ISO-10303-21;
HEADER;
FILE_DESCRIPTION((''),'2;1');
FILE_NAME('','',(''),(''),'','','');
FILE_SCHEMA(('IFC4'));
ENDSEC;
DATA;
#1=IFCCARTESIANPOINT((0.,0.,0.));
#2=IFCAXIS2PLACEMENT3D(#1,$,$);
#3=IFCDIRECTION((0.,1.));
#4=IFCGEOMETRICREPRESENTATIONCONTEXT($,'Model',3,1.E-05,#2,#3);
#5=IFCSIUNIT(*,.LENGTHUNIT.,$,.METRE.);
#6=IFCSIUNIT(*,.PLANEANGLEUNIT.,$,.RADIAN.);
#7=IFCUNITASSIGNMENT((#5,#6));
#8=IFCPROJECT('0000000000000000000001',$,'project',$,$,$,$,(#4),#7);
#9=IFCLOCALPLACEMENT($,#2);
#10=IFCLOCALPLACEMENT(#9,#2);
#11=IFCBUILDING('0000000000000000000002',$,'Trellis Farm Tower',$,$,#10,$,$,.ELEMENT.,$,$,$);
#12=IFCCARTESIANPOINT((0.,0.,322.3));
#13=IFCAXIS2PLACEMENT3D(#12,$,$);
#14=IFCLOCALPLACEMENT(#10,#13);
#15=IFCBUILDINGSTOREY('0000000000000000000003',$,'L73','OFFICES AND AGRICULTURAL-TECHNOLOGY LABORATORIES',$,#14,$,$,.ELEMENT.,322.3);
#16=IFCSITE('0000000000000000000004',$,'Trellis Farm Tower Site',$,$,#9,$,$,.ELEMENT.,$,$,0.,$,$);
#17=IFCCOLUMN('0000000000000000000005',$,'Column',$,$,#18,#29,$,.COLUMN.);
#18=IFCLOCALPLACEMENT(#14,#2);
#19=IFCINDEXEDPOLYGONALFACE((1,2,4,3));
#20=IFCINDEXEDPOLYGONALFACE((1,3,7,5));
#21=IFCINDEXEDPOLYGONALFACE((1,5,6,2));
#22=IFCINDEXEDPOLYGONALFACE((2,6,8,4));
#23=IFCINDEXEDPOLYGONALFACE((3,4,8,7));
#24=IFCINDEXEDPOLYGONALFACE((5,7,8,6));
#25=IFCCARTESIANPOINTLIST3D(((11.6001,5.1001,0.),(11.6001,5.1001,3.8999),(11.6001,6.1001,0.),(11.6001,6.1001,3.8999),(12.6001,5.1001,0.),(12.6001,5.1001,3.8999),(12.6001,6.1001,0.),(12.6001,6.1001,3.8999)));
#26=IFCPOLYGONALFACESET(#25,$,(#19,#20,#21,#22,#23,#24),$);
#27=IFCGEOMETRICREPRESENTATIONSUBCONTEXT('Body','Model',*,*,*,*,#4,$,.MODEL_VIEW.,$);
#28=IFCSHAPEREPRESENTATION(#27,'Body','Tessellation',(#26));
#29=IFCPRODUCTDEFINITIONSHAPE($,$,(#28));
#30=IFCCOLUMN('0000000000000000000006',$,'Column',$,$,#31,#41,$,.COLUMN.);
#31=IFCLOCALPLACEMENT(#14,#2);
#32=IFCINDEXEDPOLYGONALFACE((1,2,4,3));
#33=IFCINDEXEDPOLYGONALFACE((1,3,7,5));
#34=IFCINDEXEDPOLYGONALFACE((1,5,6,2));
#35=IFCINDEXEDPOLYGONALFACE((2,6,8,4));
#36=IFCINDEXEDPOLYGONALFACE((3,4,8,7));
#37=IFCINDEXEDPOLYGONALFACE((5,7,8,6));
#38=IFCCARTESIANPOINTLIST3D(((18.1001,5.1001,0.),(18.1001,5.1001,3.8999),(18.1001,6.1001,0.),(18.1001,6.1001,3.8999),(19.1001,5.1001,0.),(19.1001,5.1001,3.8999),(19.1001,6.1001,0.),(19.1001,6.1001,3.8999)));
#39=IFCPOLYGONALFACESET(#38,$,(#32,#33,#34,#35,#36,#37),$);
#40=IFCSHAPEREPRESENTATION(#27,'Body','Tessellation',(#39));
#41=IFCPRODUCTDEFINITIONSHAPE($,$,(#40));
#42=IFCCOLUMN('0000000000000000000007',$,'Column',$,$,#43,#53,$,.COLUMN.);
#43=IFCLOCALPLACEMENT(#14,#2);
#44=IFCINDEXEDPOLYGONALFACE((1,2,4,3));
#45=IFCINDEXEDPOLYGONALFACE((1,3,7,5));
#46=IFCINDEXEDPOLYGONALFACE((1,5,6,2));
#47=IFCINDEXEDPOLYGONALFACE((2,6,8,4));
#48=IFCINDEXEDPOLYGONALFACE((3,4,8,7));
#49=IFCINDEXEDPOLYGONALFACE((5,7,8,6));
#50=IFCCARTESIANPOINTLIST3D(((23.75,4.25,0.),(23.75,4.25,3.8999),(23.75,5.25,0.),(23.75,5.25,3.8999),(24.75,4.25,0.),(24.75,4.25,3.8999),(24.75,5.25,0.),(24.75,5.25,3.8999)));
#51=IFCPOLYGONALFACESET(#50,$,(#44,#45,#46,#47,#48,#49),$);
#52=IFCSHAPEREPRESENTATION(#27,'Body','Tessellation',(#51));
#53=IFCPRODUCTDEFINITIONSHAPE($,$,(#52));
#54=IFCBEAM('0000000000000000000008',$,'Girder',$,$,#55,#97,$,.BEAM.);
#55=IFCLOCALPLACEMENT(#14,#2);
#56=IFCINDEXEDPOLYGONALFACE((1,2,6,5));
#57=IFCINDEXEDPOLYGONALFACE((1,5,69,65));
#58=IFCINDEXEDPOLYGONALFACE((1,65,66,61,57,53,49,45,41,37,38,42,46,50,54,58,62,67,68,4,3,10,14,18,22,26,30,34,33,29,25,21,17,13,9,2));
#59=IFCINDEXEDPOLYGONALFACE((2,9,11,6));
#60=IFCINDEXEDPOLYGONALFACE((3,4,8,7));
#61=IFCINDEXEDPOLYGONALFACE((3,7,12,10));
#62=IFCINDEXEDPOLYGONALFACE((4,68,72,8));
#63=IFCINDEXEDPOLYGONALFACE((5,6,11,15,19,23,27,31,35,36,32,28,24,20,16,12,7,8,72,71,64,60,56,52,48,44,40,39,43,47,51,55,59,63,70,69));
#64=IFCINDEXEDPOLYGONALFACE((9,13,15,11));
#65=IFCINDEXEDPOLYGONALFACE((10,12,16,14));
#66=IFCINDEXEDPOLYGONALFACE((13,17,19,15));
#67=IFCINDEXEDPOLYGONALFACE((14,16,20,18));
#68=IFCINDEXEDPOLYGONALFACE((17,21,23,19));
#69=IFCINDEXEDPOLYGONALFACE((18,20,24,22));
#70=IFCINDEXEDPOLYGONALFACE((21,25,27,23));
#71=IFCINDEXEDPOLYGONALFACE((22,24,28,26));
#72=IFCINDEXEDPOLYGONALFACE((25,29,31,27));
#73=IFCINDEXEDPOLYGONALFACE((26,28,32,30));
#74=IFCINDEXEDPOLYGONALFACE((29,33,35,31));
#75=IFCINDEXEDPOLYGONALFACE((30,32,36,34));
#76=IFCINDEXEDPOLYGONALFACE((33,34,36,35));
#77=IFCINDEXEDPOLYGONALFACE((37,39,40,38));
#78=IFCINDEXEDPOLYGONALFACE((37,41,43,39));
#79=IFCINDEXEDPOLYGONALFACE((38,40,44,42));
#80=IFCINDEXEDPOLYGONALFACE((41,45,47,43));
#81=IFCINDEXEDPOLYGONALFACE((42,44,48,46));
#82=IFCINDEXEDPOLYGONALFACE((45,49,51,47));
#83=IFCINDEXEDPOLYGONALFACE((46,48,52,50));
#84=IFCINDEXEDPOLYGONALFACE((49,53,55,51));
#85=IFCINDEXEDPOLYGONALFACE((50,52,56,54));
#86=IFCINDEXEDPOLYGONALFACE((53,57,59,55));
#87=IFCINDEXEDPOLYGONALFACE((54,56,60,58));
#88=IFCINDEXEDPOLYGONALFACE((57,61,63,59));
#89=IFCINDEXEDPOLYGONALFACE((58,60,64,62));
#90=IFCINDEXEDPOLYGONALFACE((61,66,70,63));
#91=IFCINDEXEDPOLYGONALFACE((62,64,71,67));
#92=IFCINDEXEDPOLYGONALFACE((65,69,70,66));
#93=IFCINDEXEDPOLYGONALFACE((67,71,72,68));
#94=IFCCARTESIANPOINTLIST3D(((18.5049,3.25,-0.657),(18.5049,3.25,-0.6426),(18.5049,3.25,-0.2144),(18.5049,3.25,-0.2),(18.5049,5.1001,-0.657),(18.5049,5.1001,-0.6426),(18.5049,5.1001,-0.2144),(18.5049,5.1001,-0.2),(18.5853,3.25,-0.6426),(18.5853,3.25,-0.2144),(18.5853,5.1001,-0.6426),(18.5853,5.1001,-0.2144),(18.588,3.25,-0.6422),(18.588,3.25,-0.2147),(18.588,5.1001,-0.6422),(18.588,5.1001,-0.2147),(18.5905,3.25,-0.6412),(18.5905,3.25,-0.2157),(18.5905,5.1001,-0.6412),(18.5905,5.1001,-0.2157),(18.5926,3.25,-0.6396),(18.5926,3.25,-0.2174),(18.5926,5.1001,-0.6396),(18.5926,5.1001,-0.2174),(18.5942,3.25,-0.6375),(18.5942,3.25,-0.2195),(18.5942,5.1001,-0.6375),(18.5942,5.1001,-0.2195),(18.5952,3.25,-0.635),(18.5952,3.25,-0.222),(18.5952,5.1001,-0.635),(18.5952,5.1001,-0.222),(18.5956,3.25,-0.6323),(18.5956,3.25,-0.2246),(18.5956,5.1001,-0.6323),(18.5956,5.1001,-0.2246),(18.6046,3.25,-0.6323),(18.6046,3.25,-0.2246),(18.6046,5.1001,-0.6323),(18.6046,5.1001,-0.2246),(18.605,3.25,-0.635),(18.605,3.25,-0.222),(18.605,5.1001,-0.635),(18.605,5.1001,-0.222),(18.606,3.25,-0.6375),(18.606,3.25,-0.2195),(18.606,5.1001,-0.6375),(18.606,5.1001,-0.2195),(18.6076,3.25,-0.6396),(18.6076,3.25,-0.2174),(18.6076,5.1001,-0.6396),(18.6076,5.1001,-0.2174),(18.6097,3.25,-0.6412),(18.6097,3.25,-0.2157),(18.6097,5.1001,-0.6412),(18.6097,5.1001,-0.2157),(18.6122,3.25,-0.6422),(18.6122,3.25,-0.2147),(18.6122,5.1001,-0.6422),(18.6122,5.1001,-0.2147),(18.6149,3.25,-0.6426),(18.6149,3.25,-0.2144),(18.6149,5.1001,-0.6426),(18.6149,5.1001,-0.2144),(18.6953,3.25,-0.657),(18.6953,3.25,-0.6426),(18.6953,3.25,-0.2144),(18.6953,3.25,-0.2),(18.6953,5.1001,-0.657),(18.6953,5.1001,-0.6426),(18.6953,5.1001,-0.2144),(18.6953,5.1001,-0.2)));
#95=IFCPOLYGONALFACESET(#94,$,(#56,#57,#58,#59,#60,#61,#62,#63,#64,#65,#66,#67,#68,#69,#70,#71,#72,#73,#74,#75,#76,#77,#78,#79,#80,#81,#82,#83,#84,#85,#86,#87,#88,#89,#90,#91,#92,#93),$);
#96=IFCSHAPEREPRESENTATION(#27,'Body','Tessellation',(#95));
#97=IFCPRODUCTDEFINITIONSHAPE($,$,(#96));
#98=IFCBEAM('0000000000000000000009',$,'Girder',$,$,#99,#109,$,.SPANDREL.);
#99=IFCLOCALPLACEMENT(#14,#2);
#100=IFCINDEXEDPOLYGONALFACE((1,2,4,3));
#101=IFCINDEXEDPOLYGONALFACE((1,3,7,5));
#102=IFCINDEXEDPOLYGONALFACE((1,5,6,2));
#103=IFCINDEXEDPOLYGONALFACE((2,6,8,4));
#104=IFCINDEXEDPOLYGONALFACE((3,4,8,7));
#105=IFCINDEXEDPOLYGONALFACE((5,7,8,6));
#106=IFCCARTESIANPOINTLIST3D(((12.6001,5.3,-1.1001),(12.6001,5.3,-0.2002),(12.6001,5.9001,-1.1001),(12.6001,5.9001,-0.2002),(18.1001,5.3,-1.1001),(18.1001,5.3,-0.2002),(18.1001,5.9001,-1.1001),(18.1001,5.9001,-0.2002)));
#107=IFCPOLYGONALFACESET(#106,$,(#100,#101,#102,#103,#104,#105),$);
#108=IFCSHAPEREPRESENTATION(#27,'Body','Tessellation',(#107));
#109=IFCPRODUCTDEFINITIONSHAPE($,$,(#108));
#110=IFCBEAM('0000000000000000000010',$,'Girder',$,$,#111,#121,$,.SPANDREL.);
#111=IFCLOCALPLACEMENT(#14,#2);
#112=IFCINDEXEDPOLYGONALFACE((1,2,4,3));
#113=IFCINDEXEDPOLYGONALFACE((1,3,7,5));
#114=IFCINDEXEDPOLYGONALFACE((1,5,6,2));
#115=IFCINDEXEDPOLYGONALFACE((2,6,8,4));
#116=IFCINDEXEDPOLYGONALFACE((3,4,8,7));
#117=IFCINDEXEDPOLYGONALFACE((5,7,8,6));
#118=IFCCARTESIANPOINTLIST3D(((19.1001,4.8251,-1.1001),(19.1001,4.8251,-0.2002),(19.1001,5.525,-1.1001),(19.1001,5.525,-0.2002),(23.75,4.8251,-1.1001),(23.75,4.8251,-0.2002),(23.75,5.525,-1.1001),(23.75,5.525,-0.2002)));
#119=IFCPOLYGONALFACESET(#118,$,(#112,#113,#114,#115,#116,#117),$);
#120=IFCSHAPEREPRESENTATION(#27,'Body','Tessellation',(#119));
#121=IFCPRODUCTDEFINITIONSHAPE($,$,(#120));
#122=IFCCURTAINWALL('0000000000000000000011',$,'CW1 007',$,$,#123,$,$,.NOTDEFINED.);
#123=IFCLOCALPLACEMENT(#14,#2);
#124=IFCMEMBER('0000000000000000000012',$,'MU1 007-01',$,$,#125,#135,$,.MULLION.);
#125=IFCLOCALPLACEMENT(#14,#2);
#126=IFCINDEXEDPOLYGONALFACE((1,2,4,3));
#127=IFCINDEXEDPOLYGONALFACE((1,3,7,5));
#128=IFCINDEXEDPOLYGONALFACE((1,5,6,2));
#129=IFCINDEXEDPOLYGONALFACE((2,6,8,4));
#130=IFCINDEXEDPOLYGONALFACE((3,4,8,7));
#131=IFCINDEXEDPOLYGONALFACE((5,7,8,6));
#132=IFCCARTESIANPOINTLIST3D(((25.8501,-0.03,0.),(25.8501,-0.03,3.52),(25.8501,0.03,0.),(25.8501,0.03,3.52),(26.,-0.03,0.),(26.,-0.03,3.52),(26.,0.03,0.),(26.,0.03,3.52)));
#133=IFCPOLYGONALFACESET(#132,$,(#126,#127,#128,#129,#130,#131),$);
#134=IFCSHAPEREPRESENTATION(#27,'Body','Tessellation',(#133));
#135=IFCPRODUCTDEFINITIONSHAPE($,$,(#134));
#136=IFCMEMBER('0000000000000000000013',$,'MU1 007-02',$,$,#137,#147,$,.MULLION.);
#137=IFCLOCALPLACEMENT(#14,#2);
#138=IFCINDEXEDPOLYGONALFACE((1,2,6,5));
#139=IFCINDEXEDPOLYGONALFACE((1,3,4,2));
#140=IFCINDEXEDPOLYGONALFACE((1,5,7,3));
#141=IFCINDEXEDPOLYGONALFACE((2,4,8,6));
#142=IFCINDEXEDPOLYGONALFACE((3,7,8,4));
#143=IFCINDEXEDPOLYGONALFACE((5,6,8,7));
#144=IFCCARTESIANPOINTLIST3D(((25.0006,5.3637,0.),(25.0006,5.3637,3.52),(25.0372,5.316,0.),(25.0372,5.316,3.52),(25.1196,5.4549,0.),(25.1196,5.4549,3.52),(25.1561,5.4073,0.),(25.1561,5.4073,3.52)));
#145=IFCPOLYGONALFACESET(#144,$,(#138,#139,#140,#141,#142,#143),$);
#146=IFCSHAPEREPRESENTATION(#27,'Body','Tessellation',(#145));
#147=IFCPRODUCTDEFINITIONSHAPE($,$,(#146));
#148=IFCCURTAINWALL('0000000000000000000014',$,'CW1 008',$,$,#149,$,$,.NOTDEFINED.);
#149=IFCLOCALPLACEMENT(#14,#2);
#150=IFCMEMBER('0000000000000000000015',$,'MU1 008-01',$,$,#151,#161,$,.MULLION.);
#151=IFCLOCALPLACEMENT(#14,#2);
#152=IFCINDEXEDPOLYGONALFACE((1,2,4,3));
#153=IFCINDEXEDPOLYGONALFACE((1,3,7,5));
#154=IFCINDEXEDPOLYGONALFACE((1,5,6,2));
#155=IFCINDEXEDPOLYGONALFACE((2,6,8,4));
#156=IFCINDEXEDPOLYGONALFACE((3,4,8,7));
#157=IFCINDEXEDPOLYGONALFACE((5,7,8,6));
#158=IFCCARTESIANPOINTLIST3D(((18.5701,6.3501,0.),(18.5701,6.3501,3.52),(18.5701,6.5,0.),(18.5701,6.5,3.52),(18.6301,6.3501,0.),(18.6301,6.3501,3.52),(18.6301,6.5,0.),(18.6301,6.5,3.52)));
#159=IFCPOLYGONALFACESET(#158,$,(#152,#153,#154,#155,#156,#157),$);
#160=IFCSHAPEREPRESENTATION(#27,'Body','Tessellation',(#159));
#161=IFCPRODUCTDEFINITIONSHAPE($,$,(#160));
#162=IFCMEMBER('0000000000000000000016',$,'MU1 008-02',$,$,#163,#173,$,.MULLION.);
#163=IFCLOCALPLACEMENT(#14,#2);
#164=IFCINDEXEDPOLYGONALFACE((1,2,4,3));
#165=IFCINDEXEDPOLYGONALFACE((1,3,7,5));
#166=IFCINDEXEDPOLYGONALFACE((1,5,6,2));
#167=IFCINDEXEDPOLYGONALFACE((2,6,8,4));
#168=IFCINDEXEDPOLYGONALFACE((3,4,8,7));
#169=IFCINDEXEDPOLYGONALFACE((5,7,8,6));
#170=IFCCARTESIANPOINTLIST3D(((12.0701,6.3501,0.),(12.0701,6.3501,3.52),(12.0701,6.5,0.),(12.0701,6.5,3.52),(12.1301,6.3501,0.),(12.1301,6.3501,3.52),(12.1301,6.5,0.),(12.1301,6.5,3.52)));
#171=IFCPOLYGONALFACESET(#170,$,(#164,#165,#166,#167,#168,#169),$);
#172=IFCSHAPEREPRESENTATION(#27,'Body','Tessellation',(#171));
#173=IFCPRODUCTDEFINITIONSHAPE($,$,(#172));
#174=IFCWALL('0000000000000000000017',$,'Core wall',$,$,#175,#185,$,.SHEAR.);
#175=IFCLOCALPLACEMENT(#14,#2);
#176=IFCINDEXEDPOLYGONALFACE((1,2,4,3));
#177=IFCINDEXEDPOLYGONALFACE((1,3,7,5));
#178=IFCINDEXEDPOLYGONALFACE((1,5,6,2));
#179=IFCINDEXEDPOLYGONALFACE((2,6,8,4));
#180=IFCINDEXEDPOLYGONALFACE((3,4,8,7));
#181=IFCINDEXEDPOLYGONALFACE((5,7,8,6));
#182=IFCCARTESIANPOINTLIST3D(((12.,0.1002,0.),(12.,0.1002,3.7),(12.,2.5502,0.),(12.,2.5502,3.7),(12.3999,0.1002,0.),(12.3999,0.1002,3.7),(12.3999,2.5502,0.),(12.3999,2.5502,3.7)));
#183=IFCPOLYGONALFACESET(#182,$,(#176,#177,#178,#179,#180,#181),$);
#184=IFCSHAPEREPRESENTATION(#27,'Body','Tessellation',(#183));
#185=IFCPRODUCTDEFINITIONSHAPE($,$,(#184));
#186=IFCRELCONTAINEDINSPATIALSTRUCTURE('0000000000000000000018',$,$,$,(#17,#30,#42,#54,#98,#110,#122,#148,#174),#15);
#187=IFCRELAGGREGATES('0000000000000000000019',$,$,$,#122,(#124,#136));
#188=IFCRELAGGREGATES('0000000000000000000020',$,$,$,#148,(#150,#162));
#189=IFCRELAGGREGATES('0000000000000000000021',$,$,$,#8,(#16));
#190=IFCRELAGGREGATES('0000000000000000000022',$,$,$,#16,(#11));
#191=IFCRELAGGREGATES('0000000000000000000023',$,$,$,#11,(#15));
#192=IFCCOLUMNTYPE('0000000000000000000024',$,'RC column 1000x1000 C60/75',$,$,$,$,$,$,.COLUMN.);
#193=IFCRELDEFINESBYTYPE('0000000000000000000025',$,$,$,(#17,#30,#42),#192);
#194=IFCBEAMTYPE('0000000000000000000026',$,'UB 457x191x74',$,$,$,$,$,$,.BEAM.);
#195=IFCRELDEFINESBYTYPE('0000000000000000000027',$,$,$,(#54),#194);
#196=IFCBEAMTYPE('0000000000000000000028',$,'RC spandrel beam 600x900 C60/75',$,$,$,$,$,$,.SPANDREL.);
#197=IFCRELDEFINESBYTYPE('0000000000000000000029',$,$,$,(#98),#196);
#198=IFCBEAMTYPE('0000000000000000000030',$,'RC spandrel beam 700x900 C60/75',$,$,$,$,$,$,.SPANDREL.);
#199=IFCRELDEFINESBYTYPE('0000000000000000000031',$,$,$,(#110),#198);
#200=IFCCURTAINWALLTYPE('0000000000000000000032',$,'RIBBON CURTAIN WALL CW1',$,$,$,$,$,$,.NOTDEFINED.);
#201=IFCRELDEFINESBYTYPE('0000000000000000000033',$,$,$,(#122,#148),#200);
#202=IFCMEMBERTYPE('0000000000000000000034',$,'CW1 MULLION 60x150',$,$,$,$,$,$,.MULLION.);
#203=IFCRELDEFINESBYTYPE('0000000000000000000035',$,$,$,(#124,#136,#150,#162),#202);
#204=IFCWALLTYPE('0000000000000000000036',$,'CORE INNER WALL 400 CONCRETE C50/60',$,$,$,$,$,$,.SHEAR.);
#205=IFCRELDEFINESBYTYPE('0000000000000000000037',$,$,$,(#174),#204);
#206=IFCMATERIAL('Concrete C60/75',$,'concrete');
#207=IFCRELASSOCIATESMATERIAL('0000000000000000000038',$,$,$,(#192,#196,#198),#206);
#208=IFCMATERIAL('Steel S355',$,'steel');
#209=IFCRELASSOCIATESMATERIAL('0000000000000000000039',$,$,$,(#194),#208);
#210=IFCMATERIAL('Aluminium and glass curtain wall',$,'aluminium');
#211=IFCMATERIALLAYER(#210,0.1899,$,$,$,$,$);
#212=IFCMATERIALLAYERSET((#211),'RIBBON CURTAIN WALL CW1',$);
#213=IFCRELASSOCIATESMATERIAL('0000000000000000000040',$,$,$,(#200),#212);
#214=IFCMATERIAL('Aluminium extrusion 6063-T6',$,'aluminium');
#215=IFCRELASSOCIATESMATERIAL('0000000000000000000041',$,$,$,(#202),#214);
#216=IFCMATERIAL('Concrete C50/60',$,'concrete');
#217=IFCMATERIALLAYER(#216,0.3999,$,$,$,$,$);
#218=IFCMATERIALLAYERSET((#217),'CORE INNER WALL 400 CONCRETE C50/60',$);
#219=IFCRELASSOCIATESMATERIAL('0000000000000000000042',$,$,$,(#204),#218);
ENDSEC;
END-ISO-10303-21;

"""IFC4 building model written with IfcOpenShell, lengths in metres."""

from ifc_helpers import new_model, si_unit, direction, frame, frame_2d, origin, origin_2d, place, context, subcontext, project, spatial, rectangle, i_section, extrude, source, transform, mapped, material, layer, layer_set, material_profile, profile_set, type_object, element, aggregate, save


model = new_model("IFC4")

# Units and contexts
model_context = context("Model", 3, precision=1e-05, world=origin(), true_north=direction((0.0, 1.0)))
body_context = subcontext(model_context, "Body", "Model", "MODEL_VIEW")
ifc_project = project(units=[si_unit("LENGTHUNIT", "METRE"), si_unit("PLANEANGLEUNIT", "RADIAN")], contexts=[model_context])

# Site, building, storey
site_placement = place(None, origin())
site = spatial("IfcSite", under=ifc_project, at=site_placement, Name="Trellis Farm Tower Site", CompositionType="ELEMENT", RefElevation=0.0)
building_placement = place(site_placement, origin())
building = spatial("IfcBuilding", under=site, at=building_placement, Name="Trellis Farm Tower", CompositionType="ELEMENT")
storey_placement = place(building_placement, frame((0.0, 0.0, 322.3)))
storey = spatial("IfcBuildingStorey", under=building, at=storey_placement, Name="L73", Description="OFFICES AND AGRICULTURAL-TECHNOLOGY LABORATORIES", CompositionType="ELEMENT", Elevation=322.3)

# Columns
ifc_material_1 = material(Name="Concrete C60/75", Category="concrete")
ifc_material_profile_1 = material_profile(ifc_material_1, rectangle(XDim=1.0, YDim=1.0, at=origin_2d()), Name="RC column 1000x1000 C60/75")
ifc_profile_set_1 = profile_set([ifc_material_profile_1], Name="Concrete C60/75")
column_type = type_object("IfcColumnType", Name="RC column 1000x1000 C60/75", PredefinedType="COLUMN", material=ifc_profile_set_1)
shared_shape_1 = source(origin(), body_context, "Body", "SweptSolid", [
    extrude(rectangle(XDim=1.0, YDim=1.0, at=origin_2d()), origin(), (0.0, 0.0, 1.0), 3.8999),
])
for number, where, z_axis, x_axis, name in (
    (1, (12.1001, 5.6001, 0.0), (0.0, 0.0, 1.0), (1.0, 0.0, 0.0), "Column"),
    (2, (18.6001, 5.6001, 0.0), (0.0, 0.0, 1.0), (1.0, 0.0, 0.0), "Column"),
    (3, (24.25, 4.75, 0.0), (0.0, 0.0, 1.0), (1.0, 0.0, 0.0), "Column"),
):
    element("IfcColumn", number, at=place(storey_placement, frame(where, z_axis=z_axis, x_axis=x_axis)), inside=storey, type_object=column_type, Name=name, PredefinedType="COLUMN", context=body_context, shape_type="MappedRepresentation", body=[
        mapped(shared_shape_1, transform((0.0, 0.0, 0.0))),
    ])

# Beams
ifc_material_2 = material(Name="Steel S355", Category="steel")
ifc_material_profile_2 = material_profile(ifc_material_2, i_section(OverallWidth=0.1904, OverallDepth=0.457, WebThickness=0.009, FlangeThickness=0.0144, FilletRadius=0.0103, at=origin_2d()), Name="UB 457x191x74")
ifc_profile_set_2 = profile_set([ifc_material_profile_2], Name="Steel S355")
beam_type_1 = type_object("IfcBeamType", Name="UB 457x191x74", PredefinedType="BEAM", material=ifc_profile_set_2)
shared_shape_2 = source(origin(), body_context, "Body", "SweptSolid", [
    extrude(i_section(OverallWidth=0.1904, OverallDepth=0.457, WebThickness=0.009, FlangeThickness=0.0144, FilletRadius=0.0103, at=origin_2d()), origin(), (0.0, 0.0, 1.0), 1.8501),
])
beam_1_placement = place(storey_placement, frame((18.6001, 3.25, -0.4285), z_axis=(0.0, 1.0, 0.0), x_axis=(-1.0, 0.0, 0.0)))
element("IfcBeam", 4, at=beam_1_placement, inside=storey, type_object=beam_type_1, Name="Girder", PredefinedType="BEAM", context=body_context, shape_type="MappedRepresentation", body=[
    mapped(shared_shape_2, transform((0.0, 0.0, 0.0))),
])
ifc_material_profile_3 = material_profile(ifc_material_1, rectangle(XDim=0.6001, YDim=0.8999, at=origin_2d()), Name="RC spandrel beam 600x900 C60/75")
ifc_profile_set_3 = profile_set([ifc_material_profile_3], Name="Concrete C60/75")
beam_type_2 = type_object("IfcBeamType", Name="RC spandrel beam 600x900 C60/75", PredefinedType="SPANDREL", material=ifc_profile_set_3)
shared_shape_3 = source(origin(), body_context, "Body", "SweptSolid", [
    extrude(rectangle(XDim=0.6001, YDim=0.8999, at=origin_2d()), origin(), (0.0, 0.0, 1.0), 5.5),
])
beam_2_placement = place(storey_placement, frame((12.6001, 5.6001, -0.6501), z_axis=(1.0, 0.0, 0.0), x_axis=(0.0, 1.0, 0.0)))
element("IfcBeam", 5, at=beam_2_placement, inside=storey, type_object=beam_type_2, Name="Girder", PredefinedType="SPANDREL", context=body_context, shape_type="MappedRepresentation", body=[
    mapped(shared_shape_3, transform((0.0, 0.0, 0.0))),
])
ifc_material_profile_4 = material_profile(ifc_material_1, rectangle(XDim=0.7, YDim=0.8999, at=origin_2d()), Name="RC spandrel beam 700x900 C60/75")
ifc_profile_set_4 = profile_set([ifc_material_profile_4], Name="Concrete C60/75")
beam_type_3 = type_object("IfcBeamType", Name="RC spandrel beam 700x900 C60/75", PredefinedType="SPANDREL", material=ifc_profile_set_4)
shared_shape_4 = source(origin(), body_context, "Body", "SweptSolid", [
    extrude(rectangle(XDim=0.7, YDim=0.8999, at=origin_2d()), origin(), (0.0, 0.0, 1.0), 4.6499),
])
beam_3_placement = place(storey_placement, frame((19.1001, 5.175, -0.6501), z_axis=(1.0, 0.0, 0.0), x_axis=(0.0, 1.0, 0.0)))
element("IfcBeam", 6, at=beam_3_placement, inside=storey, type_object=beam_type_3, Name="Girder", PredefinedType="SPANDREL", context=body_context, shape_type="MappedRepresentation", body=[
    mapped(shared_shape_4, transform((0.0, 0.0, 0.0))),
])

# Curtain walls, members
ifc_material_3 = material(Name="Aluminium and glass curtain wall", Category="aluminium")
ifc_layer_1 = layer(ifc_material_3, 0.1899)
ifc_layer_set_1 = layer_set([ifc_layer_1], Name="RIBBON CURTAIN WALL CW1")
curtain_wall_type = type_object("IfcCurtainWallType", Name="RIBBON CURTAIN WALL CW1", PredefinedType="NOTDEFINED", material=ifc_layer_set_1)
placement = place(storey_placement, origin())
curtain_wall_1 = element("IfcCurtainWall", 7, at=placement, inside=storey, type_object=curtain_wall_type, Name="CW1 007", PredefinedType="NOTDEFINED")
ifc_material_4 = material(Name="Aluminium extrusion 6063-T6", Category="aluminium")
ifc_material_profile_5 = material_profile(ifc_material_4, rectangle(XDim=0.0601, YDim=0.1499, at=origin_2d()), Name="MULLION 60x150")
ifc_profile_set_5 = profile_set([ifc_material_profile_5], Name="Aluminium extrusion 6063-T6")
member_type = type_object("IfcMemberType", Name="CW1 MULLION 60x150", PredefinedType="MULLION", material=ifc_profile_set_5)
shared_shape_5 = source(origin(), body_context, "Body", "SweptSolid", [
    extrude(rectangle(XDim=0.0601, YDim=0.1499, at=origin_2d()), origin(), (0.0, 0.0, 1.0), 3.52),
])
member_1_placement = place(storey_placement, frame((25.925, 0.0, 0.0), z_axis=(0.0, 0.0, 1.0), x_axis=(0.0, 1.0, 0.0)))
member_1 = element("IfcMember", 8, at=member_1_placement, type_object=member_type, Name="MU1 007-01", PredefinedType="MULLION", context=body_context, shape_type="MappedRepresentation", body=[
    mapped(shared_shape_5, transform((0.0, 0.0, 0.0))),
])
member_2_placement = place(storey_placement, frame((25.0784, 5.3855, 0.0), z_axis=(0.0, 0.0, 1.0), x_axis=(-0.608761, 0.793353, 0.0)))
member_2 = element("IfcMember", 9, at=member_2_placement, type_object=member_type, Name="MU1 007-02", PredefinedType="MULLION", context=body_context, shape_type="MappedRepresentation", body=[
    mapped(shared_shape_5, transform((0.0, 0.0, 0.0))),
])
aggregate(curtain_wall_1, [member_1, member_2])
curtain_wall_2 = element("IfcCurtainWall", 10, at=placement, inside=storey, type_object=curtain_wall_type, Name="CW1 008", PredefinedType="NOTDEFINED")
member_3_placement = place(storey_placement, frame((18.6001, 6.425, 0.0), z_axis=(0.0, 0.0, 1.0), x_axis=(-1.0, 0.0, 0.0)))
member_3 = element("IfcMember", 11, at=member_3_placement, type_object=member_type, Name="MU1 008-01", PredefinedType="MULLION", context=body_context, shape_type="MappedRepresentation", body=[
    mapped(shared_shape_5, transform((0.0, 0.0, 0.0))),
])
member_4_placement = place(storey_placement, frame((12.1001, 6.425, 0.0), z_axis=(0.0, 0.0, 1.0), x_axis=(-1.0, 0.0, 0.0)))
member_4 = element("IfcMember", 12, at=member_4_placement, type_object=member_type, Name="MU1 008-02", PredefinedType="MULLION", context=body_context, shape_type="MappedRepresentation", body=[
    mapped(shared_shape_5, transform((0.0, 0.0, 0.0))),
])
aggregate(curtain_wall_2, [member_3, member_4])

# Wall
ifc_material_5 = material(Name="Concrete C50/60", Category="concrete")
ifc_layer_2 = layer(ifc_material_5, 0.3999)
ifc_layer_set_2 = layer_set([ifc_layer_2], Name="CORE INNER WALL 400 CONCRETE C50/60")
wall_type_1 = type_object("IfcWallType", Name="CORE INNER WALL 400 CONCRETE C50/60", PredefinedType="SHEAR", material=ifc_layer_set_2)
shared_shape_6 = source(origin(), body_context, "Body", "SweptSolid", [
    extrude(rectangle(XDim=2.45, YDim=0.3999, at=frame_2d((1.2251, 0.0))), origin(), (0.0, 0.0, 1.0), 3.7),
])
for number, where, z_axis, x_axis, name in (
    (13, (12.2, 0.1001, 0.0), (0.0, 0.0, 1.0), (0.0, 1.0, 0.0), "Core wall"),
):
    element("IfcWall", number, at=place(storey_placement, frame(where, z_axis=z_axis, x_axis=x_axis)), inside=storey, type_object=wall_type_1, Name=name, PredefinedType="SHEAR", context=body_context, shape_type="MappedRepresentation", body=[
        mapped(shared_shape_6, transform((0.0, 0.0, 0.0))),
    ])

save(model, "model.ifc")
